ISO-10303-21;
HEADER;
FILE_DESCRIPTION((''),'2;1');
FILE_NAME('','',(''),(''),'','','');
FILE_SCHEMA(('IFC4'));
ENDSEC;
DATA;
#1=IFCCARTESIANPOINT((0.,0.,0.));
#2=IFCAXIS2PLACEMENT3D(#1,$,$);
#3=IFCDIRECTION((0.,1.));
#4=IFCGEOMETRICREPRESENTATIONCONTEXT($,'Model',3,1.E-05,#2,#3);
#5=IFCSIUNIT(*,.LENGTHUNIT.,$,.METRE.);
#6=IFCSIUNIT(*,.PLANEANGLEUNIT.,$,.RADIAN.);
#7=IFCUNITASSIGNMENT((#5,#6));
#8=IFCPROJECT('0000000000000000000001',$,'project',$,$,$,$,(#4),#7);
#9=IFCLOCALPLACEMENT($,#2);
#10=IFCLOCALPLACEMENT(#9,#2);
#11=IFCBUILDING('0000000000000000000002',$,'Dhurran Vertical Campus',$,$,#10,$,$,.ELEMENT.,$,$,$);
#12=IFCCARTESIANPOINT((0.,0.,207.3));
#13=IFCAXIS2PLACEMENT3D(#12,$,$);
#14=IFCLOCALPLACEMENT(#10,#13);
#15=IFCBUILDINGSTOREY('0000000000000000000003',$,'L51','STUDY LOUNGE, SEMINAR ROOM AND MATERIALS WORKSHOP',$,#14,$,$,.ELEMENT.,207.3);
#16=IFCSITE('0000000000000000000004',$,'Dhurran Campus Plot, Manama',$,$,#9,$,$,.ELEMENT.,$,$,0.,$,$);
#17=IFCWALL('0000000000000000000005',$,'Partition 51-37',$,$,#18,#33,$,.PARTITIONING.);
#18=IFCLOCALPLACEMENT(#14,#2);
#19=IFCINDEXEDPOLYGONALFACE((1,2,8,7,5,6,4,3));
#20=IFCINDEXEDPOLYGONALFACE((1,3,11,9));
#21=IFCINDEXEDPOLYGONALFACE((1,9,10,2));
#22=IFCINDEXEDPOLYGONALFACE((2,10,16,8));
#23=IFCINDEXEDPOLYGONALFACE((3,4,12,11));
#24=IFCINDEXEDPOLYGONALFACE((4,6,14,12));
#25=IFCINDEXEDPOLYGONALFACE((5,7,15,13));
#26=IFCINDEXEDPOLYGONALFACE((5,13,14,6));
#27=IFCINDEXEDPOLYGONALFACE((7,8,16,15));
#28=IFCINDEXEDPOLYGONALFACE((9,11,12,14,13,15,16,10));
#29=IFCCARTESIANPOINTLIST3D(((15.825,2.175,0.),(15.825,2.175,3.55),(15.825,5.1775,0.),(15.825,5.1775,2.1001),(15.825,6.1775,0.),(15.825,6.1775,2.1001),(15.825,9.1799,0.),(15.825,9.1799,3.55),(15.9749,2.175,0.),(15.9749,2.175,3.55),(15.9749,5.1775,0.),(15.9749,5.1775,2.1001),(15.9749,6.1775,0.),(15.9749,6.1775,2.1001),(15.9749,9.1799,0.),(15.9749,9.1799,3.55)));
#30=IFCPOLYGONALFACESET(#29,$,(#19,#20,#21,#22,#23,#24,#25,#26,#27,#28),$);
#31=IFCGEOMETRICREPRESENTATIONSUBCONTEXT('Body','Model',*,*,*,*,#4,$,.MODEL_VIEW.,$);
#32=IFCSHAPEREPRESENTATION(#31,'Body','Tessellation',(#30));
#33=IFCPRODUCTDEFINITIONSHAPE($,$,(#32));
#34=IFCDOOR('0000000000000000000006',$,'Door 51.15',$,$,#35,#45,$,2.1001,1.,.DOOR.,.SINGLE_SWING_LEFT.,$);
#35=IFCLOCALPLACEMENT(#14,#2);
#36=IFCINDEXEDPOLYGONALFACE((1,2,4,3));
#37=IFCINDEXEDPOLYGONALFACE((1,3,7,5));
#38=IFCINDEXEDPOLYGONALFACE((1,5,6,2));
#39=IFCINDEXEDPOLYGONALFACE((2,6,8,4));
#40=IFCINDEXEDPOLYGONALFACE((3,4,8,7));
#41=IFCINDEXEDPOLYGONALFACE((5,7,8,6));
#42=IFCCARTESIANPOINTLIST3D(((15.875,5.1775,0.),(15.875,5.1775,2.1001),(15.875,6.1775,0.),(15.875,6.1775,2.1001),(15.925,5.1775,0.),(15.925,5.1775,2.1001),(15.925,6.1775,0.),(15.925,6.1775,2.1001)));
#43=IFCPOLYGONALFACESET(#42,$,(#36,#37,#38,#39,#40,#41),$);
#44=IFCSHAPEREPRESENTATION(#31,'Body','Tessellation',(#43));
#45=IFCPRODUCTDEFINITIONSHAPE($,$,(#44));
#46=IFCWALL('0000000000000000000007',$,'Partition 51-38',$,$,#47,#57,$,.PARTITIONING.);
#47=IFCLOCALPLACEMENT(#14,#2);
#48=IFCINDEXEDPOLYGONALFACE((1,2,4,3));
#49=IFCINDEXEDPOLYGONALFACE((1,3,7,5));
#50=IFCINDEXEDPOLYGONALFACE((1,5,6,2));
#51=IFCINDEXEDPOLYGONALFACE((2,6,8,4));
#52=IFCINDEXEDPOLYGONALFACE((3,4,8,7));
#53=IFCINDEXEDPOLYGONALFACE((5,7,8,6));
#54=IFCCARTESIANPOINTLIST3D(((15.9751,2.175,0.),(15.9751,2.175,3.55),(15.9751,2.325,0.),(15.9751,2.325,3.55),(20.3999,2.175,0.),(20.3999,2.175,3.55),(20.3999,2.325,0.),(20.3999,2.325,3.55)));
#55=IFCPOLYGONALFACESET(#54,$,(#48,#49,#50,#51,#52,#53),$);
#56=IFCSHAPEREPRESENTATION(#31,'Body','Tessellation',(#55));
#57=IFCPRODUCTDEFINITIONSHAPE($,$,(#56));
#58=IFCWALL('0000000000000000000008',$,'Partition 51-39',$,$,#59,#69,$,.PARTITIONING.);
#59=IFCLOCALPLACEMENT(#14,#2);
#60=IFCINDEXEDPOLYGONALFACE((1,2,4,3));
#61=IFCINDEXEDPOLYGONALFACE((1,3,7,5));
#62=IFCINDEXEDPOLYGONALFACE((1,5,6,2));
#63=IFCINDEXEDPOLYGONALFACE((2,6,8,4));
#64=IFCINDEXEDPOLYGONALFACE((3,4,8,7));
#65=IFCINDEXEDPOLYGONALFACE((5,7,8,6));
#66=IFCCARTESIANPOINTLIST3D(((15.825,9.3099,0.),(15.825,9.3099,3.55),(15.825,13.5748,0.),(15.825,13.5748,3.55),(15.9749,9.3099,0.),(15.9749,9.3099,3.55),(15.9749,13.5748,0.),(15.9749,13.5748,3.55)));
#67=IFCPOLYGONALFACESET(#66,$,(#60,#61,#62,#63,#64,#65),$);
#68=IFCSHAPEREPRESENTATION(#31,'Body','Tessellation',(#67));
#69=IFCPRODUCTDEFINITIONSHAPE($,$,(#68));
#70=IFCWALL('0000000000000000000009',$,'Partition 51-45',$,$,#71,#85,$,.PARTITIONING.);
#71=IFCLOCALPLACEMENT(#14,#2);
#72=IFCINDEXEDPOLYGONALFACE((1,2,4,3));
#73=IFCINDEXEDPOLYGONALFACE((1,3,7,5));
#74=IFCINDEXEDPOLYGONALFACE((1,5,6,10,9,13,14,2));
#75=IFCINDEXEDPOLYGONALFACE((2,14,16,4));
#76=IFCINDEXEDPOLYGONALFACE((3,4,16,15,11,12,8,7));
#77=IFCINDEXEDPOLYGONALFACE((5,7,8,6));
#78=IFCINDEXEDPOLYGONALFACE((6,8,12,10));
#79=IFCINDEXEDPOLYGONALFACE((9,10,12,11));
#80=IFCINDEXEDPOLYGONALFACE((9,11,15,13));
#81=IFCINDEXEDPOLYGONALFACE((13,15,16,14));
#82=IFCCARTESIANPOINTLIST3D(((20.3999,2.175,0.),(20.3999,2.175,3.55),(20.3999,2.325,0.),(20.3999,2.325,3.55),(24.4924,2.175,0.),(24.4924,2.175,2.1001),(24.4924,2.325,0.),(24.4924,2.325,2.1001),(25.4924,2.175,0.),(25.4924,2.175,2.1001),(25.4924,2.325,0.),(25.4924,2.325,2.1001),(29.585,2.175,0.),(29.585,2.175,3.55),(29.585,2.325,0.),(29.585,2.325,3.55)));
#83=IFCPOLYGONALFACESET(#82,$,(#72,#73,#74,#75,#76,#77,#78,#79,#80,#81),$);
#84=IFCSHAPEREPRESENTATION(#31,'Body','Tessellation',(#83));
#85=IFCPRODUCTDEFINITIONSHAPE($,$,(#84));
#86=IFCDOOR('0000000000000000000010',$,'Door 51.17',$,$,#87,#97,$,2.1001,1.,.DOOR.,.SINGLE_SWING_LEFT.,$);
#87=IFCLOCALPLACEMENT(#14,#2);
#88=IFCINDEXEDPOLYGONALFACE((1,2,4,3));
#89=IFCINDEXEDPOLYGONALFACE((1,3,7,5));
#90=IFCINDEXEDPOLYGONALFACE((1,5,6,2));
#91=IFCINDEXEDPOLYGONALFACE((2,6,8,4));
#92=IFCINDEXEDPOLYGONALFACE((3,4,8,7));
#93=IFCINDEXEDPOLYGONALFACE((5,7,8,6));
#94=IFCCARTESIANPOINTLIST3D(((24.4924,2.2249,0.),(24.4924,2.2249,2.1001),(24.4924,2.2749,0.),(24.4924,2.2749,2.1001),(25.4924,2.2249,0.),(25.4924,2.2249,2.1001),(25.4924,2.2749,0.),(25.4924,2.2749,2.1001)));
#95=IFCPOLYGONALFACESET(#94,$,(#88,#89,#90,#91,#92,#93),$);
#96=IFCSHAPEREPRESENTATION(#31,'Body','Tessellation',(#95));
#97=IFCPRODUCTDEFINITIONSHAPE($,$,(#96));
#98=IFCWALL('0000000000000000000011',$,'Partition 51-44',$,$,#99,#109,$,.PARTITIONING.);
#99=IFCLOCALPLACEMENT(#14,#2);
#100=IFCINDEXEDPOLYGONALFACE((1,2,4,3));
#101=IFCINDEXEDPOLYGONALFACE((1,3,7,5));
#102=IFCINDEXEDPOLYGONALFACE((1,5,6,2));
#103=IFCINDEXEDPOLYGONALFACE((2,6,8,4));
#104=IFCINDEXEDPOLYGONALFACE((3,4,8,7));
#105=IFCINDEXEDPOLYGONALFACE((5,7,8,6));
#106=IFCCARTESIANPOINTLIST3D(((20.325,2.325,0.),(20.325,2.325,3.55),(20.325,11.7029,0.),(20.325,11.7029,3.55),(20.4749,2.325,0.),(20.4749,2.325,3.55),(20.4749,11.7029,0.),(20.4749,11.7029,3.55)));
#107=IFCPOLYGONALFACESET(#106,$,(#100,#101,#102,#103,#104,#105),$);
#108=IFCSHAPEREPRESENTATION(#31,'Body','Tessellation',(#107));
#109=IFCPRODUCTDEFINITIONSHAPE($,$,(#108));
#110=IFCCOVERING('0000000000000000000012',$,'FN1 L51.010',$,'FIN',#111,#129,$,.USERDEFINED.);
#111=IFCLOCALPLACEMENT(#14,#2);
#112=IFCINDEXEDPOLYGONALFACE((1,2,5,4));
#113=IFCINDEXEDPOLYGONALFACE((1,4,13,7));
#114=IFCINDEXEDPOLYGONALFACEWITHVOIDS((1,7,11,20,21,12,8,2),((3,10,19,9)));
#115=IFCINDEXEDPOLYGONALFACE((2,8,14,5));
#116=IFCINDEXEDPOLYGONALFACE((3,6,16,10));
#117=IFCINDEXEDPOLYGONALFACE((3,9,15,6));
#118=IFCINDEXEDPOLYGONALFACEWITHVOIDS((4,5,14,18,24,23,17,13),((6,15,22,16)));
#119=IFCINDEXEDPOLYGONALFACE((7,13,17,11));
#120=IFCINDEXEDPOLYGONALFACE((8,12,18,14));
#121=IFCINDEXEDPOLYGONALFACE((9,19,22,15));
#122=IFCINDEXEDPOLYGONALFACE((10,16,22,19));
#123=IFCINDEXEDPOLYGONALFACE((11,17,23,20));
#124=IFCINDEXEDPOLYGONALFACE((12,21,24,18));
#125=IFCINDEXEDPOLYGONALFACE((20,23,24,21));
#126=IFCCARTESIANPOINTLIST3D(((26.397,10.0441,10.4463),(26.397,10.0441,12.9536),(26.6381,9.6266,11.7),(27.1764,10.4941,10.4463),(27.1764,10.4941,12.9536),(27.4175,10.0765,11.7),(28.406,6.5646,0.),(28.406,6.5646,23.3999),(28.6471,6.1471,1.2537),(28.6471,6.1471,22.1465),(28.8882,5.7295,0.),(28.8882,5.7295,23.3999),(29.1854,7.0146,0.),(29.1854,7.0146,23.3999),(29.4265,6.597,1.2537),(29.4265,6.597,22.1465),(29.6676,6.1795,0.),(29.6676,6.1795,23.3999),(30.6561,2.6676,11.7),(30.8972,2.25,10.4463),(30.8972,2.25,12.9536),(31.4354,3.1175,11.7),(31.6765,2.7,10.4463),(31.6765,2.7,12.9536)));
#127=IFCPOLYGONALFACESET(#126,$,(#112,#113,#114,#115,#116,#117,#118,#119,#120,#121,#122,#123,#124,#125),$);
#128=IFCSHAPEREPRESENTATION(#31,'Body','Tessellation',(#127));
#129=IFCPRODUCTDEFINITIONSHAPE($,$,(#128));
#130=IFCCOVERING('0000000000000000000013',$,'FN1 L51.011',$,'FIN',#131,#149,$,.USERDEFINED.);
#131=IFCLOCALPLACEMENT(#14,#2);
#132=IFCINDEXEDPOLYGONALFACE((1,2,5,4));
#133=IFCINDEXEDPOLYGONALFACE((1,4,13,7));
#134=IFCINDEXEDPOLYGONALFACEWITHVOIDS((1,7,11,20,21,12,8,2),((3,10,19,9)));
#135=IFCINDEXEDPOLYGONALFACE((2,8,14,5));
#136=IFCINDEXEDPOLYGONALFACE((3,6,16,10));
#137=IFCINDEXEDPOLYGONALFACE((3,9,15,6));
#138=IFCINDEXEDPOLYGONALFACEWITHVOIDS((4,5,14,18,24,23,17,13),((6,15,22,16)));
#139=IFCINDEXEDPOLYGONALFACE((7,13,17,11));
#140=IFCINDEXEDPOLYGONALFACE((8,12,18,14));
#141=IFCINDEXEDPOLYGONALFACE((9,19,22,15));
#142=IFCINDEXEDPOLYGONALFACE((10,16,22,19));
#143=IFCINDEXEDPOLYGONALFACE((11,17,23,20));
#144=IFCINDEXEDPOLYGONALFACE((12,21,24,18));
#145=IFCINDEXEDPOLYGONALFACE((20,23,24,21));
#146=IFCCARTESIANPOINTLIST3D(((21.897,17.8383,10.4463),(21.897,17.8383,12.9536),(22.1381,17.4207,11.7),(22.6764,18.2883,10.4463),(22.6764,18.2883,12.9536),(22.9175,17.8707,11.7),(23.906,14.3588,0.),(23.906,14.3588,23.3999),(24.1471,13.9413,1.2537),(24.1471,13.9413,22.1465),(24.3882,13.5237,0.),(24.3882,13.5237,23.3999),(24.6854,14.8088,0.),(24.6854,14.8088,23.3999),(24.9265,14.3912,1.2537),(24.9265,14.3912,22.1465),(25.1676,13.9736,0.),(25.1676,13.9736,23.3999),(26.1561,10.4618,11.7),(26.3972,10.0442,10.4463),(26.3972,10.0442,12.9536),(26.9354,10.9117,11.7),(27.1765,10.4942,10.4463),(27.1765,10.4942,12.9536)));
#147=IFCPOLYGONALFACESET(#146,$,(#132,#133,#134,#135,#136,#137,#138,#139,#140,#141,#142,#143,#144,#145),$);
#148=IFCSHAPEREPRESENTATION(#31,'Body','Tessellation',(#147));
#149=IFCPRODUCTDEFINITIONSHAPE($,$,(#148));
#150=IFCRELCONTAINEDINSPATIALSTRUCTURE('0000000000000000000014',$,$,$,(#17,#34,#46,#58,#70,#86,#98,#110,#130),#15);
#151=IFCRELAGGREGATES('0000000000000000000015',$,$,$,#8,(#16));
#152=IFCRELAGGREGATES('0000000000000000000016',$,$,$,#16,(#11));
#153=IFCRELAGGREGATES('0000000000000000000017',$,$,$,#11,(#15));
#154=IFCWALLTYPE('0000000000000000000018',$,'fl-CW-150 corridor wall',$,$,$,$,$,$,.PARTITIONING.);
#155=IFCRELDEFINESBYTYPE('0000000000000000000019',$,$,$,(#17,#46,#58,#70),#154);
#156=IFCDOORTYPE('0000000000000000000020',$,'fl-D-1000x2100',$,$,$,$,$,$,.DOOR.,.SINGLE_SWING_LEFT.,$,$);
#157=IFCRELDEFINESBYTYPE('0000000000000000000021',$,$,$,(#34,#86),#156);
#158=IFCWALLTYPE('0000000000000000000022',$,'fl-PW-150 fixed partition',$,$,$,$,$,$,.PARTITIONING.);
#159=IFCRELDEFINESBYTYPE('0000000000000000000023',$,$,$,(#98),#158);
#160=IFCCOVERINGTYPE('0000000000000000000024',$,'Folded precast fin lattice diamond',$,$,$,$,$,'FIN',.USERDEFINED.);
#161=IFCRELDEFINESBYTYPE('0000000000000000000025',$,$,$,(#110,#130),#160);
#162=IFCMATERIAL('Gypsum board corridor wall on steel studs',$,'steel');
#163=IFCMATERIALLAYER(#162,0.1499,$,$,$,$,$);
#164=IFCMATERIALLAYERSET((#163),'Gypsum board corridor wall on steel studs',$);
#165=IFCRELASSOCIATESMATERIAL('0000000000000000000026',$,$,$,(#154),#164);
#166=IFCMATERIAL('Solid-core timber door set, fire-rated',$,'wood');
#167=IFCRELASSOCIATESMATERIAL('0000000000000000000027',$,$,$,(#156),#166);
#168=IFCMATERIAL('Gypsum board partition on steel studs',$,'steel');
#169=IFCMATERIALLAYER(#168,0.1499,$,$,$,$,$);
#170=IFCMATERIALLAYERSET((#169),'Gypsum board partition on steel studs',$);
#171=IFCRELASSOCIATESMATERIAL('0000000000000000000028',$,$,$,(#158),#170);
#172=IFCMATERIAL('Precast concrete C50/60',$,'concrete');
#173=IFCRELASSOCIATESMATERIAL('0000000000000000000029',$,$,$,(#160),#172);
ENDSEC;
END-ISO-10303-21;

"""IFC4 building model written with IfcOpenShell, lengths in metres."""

from ifc_helpers import new_model, si_unit, direction, frame, frame_2d, origin, place, context, subcontext, project, spatial, polyline, rectangle, outline, extrude, material, layer, layer_set, type_object, element, fill, save


model = new_model("IFC4")

# Units and contexts
model_context = context("Model", 3, precision=1e-05, world=origin(), true_north=direction((0.0, 1.0)))
body_context = subcontext(model_context, "Body", "Model", "MODEL_VIEW")
ifc_project = project(units=[si_unit("LENGTHUNIT", "METRE"), si_unit("PLANEANGLEUNIT", "RADIAN")], contexts=[model_context])

# Site, building, storey
site_placement = place(None, origin())
site = spatial("IfcSite", under=ifc_project, at=site_placement, Name="Dhurran Campus Plot, Manama", CompositionType="ELEMENT", RefElevation=0.0)
building_placement = place(site_placement, origin())
building = spatial("IfcBuilding", under=site, at=building_placement, Name="Dhurran Vertical Campus", CompositionType="ELEMENT")
storey_placement = place(building_placement, frame((0.0, 0.0, 207.3)))
storey = spatial("IfcBuildingStorey", under=building, at=storey_placement, Name="L51", Description="STUDY LOUNGE, SEMINAR ROOM AND MATERIALS WORKSHOP", CompositionType="ELEMENT", Elevation=207.3)

# Wall, opening, door
ifc_material_1 = material(Name="Gypsum board corridor wall on steel studs", Category="steel")
ifc_layer_1 = layer(ifc_material_1, 0.1499)
ifc_layer_set_1 = layer_set([ifc_layer_1], Name="Gypsum board corridor wall on steel studs")
wall_type_1 = type_object("IfcWallType", Name="fl-CW-150 corridor wall", PredefinedType="PARTITIONING", material=ifc_layer_set_1)
wall_1_placement = place(storey_placement, frame((15.8999, 2.175, 0.0), z_axis=(0.0, 0.0, 1.0), x_axis=(0.0, 1.0, 0.0)))
wall_1 = element("IfcWall", 1, at=wall_1_placement, inside=storey, type_object=wall_type_1, Name="Partition 51-37", PredefinedType="PARTITIONING", context=body_context, shape_type="SweptSolid", body=[
    extrude(rectangle(XDim=7.0049, YDim=0.1499, at=frame_2d((3.5024, 0.0))), origin(), (0.0, 0.0, 1.0), 3.55),
])
opening_1_placement = place(wall_1_placement, frame((3.0024, 0.0, 0.0)))
opening_1 = element("IfcOpeningElement", 2, at=opening_1_placement, cuts=wall_1, PredefinedType="OPENING", context=body_context, shape_type="SweptSolid", body=[
    extrude(rectangle(XDim=1.0, YDim=2.1001, at=frame_2d((0.5, 1.05))), frame((0.0, 0.085, 0.0), z_axis=(0.0, -1.0, 0.0), x_axis=(1.0, 0.0, 0.0)), (0.0, 0.0, 1.0), 0.1699),
])
ifc_material_2 = material(Name="Solid-core timber door set, fire-rated", Category="wood")
door_type = type_object("IfcDoorType", Name="fl-D-1000x2100", OperationType="SINGLE_SWING_LEFT", PredefinedType="DOOR", material=ifc_material_2)
door_1_placement = place(opening_1_placement, origin())
door_1 = element("IfcDoor", 3, at=door_1_placement, inside=storey, type_object=door_type, Name="Door 51.15", OperationType="SINGLE_SWING_LEFT", OverallHeight=2.1001, OverallWidth=1.0, PredefinedType="DOOR", context=body_context, shape_type="SweptSolid", body=[
    extrude(rectangle(XDim=1.0, YDim=2.1001, at=frame_2d((0.5, 1.05))), frame((0.0, 0.0249, 0.0), z_axis=(0.0, -1.0, 0.0), x_axis=(1.0, 0.0, 0.0)), (0.0, 0.0, 1.0), 0.05),
])
fill(opening_1, door_1)

# Walls
wall_2_placement = place(storey_placement, frame((15.9751, 2.25, 0.0), z_axis=(0.0, 0.0, 1.0), x_axis=(1.0, 0.0, 0.0)))
element("IfcWall", 4, at=wall_2_placement, inside=storey, type_object=wall_type_1, Name="Partition 51-38", PredefinedType="PARTITIONING", context=body_context, shape_type="SweptSolid", body=[
    extrude(rectangle(XDim=4.4248, YDim=0.1499, at=frame_2d((2.2124, 0.0))), origin(), (0.0, 0.0, 1.0), 3.55),
])
wall_3_placement = place(storey_placement, frame((15.8999, 9.3101, 0.0), z_axis=(0.0, 0.0, 1.0), x_axis=(0.0, 1.0, 0.0)))
element("IfcWall", 5, at=wall_3_placement, inside=storey, type_object=wall_type_1, Name="Partition 51-39", PredefinedType="PARTITIONING", context=body_context, shape_type="SweptSolid", body=[
    extrude(rectangle(XDim=4.2649, YDim=0.1499, at=frame_2d((2.1323, 0.0))), origin(), (0.0, 0.0, 1.0), 3.55),
])

# Wall, opening, door
wall_4_placement = place(storey_placement, frame((20.3999, 2.25, 0.0), z_axis=(0.0, 0.0, 1.0), x_axis=(1.0, 0.0, 0.0)))
wall_4 = element("IfcWall", 6, at=wall_4_placement, inside=storey, type_object=wall_type_1, Name="Partition 51-45", PredefinedType="PARTITIONING", context=body_context, shape_type="SweptSolid", body=[
    extrude(rectangle(XDim=9.1851, YDim=0.1499, at=frame_2d((4.5925, 0.0))), origin(), (0.0, 0.0, 1.0), 3.55),
])
opening_2_placement = place(wall_4_placement, frame((4.0925, 0.0, 0.0)))
opening_2 = element("IfcOpeningElement", 7, at=opening_2_placement, cuts=wall_4, PredefinedType="OPENING", context=body_context, shape_type="SweptSolid", body=[
    extrude(rectangle(XDim=1.0, YDim=2.1001, at=frame_2d((0.5, 1.05))), frame((0.0, 0.085, 0.0), z_axis=(0.0, -1.0, 0.0), x_axis=(1.0, 0.0, 0.0)), (0.0, 0.0, 1.0), 0.1699),
])
door_2_placement = place(opening_2_placement, origin())
door_2 = element("IfcDoor", 8, at=door_2_placement, inside=storey, type_object=door_type, Name="Door 51.17", OperationType="SINGLE_SWING_LEFT", OverallHeight=2.1001, OverallWidth=1.0, PredefinedType="DOOR", context=body_context, shape_type="SweptSolid", body=[
    extrude(rectangle(XDim=1.0, YDim=2.1001, at=frame_2d((0.5, 1.05))), frame((0.0, 0.0249, 0.0), z_axis=(0.0, -1.0, 0.0), x_axis=(1.0, 0.0, 0.0)), (0.0, 0.0, 1.0), 0.05),
])
fill(opening_2, door_2)

# Wall
ifc_material_3 = material(Name="Gypsum board partition on steel studs", Category="steel")
ifc_layer_2 = layer(ifc_material_3, 0.1499)
ifc_layer_set_2 = layer_set([ifc_layer_2], Name="Gypsum board partition on steel studs")
wall_type_2 = type_object("IfcWallType", Name="fl-PW-150 fixed partition", PredefinedType="PARTITIONING", material=ifc_layer_set_2)
wall_5_placement = place(storey_placement, frame((20.3999, 11.7029, 0.0), z_axis=(0.0, 0.0, 1.0), x_axis=(0.0, -1.0, 0.0)))
element("IfcWall", 9, at=wall_5_placement, inside=storey, type_object=wall_type_2, Name="Partition 51-44", PredefinedType="PARTITIONING", context=body_context, shape_type="SweptSolid", body=[
    extrude(rectangle(XDim=9.3779, YDim=0.1499, at=frame_2d((4.689, 0.0))), origin(), (0.0, 0.0, 1.0), 3.55),
])

# Coverings
ifc_material_4 = material(Name="Precast concrete C50/60", Category="concrete")
covering_type = type_object("IfcCoveringType", Name="Folded precast fin lattice diamond", ElementType="FIN", PredefinedType="USERDEFINED", material=ifc_material_4)
for number, where, z_axis, x_axis, name in (
    (10, (30.8972, 2.25, 0.0), (0.866014, 0.50002, 0.0), (-0.50002, 0.866014, 0.0), "FN1 L51.010"),
    (11, (26.3972, 10.0442, 0.0), (0.866014, 0.50002, 0.0), (-0.50002, 0.866014, 0.0), "FN1 L51.011"),
):
    element("IfcCovering", number, at=place(storey_placement, frame(where, z_axis=z_axis, x_axis=x_axis)), inside=storey, type_object=covering_type, Name=name, ObjectType="FIN", PredefinedType="USERDEFINED", context=body_context, shape_type="SweptSolid", body=[
        extrude(outline(polyline([(9.0, 12.9536), (9.0, 10.4463), (4.9822, 0.0), (4.0178, 0.0), (0.0, 10.4463), (0.0, 12.9536), (4.0178, 23.3999), (4.9822, 23.3999), (9.0, 12.9536)]), holes=[polyline([(8.5178, 11.7), (4.5, 22.1465), (0.4822, 11.7), (4.5, 1.2537), (8.5178, 11.7)])]), origin(), (0.0, 0.0, 1.0), 0.8999),
    ])

save(model, "model.ifc")
